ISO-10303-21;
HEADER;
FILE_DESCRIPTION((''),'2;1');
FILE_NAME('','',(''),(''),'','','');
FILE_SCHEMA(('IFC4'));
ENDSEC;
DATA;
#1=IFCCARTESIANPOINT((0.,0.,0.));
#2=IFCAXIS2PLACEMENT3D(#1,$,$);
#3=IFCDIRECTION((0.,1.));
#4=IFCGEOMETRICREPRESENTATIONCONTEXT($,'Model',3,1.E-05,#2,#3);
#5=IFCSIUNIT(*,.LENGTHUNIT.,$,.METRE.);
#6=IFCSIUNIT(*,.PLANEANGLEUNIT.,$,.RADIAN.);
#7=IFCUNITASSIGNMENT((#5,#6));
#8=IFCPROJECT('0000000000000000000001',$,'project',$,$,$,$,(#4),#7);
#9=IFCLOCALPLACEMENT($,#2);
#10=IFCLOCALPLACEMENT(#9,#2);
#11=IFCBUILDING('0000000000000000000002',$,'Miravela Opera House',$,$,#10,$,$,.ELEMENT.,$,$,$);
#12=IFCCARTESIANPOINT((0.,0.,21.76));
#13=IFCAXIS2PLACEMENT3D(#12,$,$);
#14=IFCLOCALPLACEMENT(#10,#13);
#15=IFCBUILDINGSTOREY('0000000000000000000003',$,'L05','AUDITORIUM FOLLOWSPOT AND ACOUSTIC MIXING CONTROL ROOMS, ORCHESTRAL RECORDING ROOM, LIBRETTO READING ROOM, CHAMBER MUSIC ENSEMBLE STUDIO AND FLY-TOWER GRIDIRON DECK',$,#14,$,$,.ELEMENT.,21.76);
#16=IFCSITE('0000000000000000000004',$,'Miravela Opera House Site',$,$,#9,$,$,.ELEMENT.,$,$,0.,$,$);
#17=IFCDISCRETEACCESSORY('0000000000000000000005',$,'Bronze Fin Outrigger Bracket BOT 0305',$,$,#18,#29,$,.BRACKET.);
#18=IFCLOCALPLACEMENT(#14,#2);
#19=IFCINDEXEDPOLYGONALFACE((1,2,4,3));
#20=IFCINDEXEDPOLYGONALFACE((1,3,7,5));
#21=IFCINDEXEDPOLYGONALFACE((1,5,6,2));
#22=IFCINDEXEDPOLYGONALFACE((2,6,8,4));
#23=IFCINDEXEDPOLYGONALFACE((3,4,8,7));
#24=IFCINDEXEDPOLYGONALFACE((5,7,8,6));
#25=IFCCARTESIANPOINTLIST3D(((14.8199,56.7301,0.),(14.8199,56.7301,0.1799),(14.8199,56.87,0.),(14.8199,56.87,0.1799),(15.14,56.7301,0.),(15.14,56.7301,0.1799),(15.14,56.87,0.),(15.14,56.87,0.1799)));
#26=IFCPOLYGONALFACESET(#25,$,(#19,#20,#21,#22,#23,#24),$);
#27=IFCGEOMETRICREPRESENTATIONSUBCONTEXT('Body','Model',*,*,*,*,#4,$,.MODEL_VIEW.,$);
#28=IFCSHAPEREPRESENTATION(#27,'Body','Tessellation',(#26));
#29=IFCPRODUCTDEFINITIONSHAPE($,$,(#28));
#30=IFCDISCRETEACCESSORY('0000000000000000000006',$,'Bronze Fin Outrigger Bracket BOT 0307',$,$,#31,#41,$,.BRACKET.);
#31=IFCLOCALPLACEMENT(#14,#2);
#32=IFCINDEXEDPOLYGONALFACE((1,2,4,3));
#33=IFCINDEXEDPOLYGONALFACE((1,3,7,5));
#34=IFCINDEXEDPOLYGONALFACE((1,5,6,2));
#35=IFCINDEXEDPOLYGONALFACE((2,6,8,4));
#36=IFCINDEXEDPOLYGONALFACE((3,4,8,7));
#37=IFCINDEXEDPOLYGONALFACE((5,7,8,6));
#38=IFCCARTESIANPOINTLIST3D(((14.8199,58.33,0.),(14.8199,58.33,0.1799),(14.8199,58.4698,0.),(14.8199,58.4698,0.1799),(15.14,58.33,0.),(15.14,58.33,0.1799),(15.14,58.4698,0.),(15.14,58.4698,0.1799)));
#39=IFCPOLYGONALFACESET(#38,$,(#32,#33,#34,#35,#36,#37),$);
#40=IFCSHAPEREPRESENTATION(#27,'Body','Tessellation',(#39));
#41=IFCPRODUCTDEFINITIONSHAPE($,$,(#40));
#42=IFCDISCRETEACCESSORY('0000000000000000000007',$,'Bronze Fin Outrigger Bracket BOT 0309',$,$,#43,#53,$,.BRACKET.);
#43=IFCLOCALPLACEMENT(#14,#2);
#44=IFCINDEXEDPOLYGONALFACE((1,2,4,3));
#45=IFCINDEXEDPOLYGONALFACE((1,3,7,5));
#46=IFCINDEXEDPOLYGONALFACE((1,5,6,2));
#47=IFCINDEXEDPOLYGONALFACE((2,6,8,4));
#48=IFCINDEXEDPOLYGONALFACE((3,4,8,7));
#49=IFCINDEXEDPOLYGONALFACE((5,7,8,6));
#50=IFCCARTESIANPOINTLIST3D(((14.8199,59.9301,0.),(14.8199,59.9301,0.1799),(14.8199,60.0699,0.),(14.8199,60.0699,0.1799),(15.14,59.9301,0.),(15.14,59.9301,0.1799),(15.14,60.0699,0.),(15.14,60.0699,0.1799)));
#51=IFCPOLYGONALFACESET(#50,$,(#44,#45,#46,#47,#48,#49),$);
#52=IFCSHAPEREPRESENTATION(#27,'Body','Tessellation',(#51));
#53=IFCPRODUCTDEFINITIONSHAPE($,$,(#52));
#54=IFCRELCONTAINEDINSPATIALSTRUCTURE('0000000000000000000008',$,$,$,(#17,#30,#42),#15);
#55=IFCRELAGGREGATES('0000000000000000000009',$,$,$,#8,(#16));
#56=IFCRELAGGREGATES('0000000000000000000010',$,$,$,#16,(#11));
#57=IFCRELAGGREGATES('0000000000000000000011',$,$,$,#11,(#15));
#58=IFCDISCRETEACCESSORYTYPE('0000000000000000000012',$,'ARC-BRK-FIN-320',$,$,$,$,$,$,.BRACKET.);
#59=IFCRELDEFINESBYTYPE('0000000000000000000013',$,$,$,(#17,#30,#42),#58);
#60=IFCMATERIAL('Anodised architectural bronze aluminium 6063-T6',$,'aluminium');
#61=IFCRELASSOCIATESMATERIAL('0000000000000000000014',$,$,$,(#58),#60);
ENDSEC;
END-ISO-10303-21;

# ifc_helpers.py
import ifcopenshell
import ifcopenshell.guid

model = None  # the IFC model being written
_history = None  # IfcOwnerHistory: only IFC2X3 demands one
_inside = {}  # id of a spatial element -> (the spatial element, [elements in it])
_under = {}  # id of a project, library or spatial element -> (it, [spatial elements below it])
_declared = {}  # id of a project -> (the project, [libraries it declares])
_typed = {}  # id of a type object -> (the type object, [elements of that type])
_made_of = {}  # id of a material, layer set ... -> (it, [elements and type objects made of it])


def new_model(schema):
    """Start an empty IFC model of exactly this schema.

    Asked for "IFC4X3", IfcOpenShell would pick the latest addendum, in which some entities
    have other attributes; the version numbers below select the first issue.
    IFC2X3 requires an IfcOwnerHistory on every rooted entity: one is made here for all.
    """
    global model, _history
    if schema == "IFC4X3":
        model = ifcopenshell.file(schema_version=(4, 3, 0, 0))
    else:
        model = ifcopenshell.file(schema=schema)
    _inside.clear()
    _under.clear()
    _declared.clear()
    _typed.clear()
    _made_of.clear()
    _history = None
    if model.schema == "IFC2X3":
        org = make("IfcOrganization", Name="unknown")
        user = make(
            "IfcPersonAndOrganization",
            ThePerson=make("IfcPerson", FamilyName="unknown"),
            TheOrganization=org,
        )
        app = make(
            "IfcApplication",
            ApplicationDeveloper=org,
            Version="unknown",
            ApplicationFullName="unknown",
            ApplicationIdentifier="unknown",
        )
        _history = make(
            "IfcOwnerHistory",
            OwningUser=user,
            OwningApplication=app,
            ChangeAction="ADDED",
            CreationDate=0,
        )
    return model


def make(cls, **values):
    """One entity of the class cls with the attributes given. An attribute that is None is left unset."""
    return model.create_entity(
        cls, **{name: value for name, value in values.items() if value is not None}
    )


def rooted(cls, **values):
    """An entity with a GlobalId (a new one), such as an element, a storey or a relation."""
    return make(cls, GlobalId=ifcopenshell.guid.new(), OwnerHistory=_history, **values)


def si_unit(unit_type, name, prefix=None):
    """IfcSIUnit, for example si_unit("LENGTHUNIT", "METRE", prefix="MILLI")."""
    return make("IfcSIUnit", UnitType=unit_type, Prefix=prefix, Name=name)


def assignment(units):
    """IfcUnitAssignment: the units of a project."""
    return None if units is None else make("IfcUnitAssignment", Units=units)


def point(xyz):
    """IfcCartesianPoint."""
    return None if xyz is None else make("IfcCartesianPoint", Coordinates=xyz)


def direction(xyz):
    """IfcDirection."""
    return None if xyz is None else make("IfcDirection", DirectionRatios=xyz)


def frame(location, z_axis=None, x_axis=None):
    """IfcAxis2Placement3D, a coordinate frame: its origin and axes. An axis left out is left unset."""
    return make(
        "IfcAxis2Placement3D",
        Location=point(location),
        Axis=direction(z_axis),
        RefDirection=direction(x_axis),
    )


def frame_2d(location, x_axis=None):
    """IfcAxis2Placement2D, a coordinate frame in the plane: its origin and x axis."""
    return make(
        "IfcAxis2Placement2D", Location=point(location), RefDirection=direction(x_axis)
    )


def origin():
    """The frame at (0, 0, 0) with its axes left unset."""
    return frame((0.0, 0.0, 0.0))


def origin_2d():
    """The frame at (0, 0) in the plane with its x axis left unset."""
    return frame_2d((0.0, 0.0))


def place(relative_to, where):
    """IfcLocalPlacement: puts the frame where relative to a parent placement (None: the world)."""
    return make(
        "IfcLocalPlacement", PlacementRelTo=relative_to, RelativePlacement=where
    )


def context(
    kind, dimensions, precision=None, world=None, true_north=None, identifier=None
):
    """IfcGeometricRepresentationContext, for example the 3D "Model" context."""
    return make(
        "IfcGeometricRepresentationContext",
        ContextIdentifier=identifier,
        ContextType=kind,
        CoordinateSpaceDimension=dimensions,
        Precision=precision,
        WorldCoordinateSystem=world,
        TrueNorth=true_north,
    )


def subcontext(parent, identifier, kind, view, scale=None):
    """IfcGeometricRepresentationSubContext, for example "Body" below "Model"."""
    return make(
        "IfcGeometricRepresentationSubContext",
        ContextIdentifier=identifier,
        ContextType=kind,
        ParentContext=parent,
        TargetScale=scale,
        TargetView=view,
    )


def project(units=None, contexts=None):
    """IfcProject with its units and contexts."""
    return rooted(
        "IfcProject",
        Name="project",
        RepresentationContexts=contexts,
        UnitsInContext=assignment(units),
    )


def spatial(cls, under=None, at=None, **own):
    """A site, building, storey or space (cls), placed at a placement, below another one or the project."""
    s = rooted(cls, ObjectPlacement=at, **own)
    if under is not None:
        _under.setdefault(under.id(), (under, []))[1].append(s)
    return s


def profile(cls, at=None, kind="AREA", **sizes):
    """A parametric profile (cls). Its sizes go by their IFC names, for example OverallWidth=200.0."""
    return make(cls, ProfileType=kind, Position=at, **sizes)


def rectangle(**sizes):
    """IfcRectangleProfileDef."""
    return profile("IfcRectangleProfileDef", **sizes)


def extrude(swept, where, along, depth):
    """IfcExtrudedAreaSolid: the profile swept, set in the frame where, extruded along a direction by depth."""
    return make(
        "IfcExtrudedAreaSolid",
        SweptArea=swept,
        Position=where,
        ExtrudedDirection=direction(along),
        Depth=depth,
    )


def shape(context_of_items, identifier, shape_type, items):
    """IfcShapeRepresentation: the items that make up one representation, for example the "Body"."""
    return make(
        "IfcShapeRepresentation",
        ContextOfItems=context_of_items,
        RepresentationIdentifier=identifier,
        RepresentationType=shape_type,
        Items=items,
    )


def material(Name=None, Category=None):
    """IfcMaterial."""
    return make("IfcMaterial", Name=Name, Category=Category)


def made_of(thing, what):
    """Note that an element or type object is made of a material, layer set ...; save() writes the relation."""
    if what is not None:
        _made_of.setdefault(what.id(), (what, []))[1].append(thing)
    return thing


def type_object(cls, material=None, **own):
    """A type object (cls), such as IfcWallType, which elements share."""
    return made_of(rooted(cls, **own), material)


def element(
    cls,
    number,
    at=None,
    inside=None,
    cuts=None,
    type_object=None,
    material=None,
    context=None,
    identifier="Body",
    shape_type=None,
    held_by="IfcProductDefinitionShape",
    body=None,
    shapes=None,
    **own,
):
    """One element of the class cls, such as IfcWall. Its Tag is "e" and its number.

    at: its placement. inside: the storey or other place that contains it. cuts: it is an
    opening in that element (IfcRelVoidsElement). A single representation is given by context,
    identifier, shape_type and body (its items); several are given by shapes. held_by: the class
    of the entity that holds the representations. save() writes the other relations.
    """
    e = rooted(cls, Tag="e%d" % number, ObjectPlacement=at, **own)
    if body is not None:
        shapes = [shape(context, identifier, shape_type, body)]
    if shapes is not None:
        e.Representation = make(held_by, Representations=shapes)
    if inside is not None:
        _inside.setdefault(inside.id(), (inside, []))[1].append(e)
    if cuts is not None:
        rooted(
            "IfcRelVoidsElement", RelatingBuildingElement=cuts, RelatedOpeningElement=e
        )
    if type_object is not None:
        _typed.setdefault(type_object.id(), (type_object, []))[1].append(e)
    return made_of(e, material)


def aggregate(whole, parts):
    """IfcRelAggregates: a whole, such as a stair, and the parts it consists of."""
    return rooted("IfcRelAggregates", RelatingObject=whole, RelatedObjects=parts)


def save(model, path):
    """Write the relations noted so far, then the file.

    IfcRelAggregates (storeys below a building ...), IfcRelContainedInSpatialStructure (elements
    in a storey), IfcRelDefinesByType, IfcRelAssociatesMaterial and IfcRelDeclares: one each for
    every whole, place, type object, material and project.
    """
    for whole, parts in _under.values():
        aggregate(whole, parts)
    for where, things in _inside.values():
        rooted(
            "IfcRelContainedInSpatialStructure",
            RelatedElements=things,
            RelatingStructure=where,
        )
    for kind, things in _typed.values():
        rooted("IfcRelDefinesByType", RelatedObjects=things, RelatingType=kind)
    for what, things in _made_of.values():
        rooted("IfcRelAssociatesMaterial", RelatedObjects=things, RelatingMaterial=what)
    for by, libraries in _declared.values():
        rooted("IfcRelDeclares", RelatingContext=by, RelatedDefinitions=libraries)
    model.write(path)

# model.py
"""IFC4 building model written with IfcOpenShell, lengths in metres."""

from ifc_helpers import new_model, si_unit, direction, frame, origin, origin_2d, place, context, subcontext, project, spatial, rectangle, extrude, material, type_object, element, save


model = new_model("IFC4")

# Units and contexts
model_context = context("Model", 3, precision=1e-05, world=origin(), true_north=direction((0.0, 1.0)))
body_context = subcontext(model_context, "Body", "Model", "MODEL_VIEW")
ifc_project = project(units=[si_unit("LENGTHUNIT", "METRE"), si_unit("PLANEANGLEUNIT", "RADIAN")], contexts=[model_context])

# Site, building, storey
site_placement = place(None, origin())
site = spatial("IfcSite", under=ifc_project, at=site_placement, Name="Miravela Opera House Site", CompositionType="ELEMENT", RefElevation=0.0)
building_placement = place(site_placement, origin())
building = spatial("IfcBuilding", under=site, at=building_placement, Name="Miravela Opera House", CompositionType="ELEMENT")
storey_placement = place(building_placement, frame((0.0, 0.0, 21.76)))
storey = spatial("IfcBuildingStorey", under=building, at=storey_placement, Name="L05", Description="AUDITORIUM FOLLOWSPOT AND ACOUSTIC MIXING CONTROL ROOMS, ORCHESTRAL RECORDING ROOM, LIBRETTO READING ROOM, CHAMBER MUSIC ENSEMBLE STUDIO AND FLY-TOWER GRIDIRON DECK", CompositionType="ELEMENT", Elevation=21.76)

# Shared definitions
ifc_material_1 = material(Name="Anodised architectural bronze aluminium 6063-T6", Category="aluminium")

# Discrete accessories
discrete_accessory_type = type_object("IfcDiscreteAccessoryType", Name="ARC-BRK-FIN-320", PredefinedType="BRACKET", material=ifc_material_1)
for number, where, z_axis, x_axis, name in (
    (1, (14.98, 56.8, 0.0), (0.0, 0.0, 1.0), (1.0, 0.0, 0.0), "Bronze Fin Outrigger Bracket BOT 0305"),
    (2, (14.98, 58.3999, 0.0), (0.0, 0.0, 1.0), (1.0, 0.0, 0.0), "Bronze Fin Outrigger Bracket BOT 0307"),
    (3, (14.98, 60.0, 0.0), (0.0, 0.0, 1.0), (1.0, 0.0, 0.0), "Bronze Fin Outrigger Bracket BOT 0309"),
):
    element("IfcDiscreteAccessory", number, at=place(storey_placement, frame(where, z_axis=z_axis, x_axis=x_axis)), inside=storey, type_object=discrete_accessory_type, Name=name, PredefinedType="BRACKET", context=body_context, shape_type="SweptSolid", body=[
        extrude(rectangle(XDim=0.3201, YDim=0.1399, at=origin_2d()), origin(), (0.0, 0.0, 1.0), 0.1799),
    ])

save(model, "model.ifc")
